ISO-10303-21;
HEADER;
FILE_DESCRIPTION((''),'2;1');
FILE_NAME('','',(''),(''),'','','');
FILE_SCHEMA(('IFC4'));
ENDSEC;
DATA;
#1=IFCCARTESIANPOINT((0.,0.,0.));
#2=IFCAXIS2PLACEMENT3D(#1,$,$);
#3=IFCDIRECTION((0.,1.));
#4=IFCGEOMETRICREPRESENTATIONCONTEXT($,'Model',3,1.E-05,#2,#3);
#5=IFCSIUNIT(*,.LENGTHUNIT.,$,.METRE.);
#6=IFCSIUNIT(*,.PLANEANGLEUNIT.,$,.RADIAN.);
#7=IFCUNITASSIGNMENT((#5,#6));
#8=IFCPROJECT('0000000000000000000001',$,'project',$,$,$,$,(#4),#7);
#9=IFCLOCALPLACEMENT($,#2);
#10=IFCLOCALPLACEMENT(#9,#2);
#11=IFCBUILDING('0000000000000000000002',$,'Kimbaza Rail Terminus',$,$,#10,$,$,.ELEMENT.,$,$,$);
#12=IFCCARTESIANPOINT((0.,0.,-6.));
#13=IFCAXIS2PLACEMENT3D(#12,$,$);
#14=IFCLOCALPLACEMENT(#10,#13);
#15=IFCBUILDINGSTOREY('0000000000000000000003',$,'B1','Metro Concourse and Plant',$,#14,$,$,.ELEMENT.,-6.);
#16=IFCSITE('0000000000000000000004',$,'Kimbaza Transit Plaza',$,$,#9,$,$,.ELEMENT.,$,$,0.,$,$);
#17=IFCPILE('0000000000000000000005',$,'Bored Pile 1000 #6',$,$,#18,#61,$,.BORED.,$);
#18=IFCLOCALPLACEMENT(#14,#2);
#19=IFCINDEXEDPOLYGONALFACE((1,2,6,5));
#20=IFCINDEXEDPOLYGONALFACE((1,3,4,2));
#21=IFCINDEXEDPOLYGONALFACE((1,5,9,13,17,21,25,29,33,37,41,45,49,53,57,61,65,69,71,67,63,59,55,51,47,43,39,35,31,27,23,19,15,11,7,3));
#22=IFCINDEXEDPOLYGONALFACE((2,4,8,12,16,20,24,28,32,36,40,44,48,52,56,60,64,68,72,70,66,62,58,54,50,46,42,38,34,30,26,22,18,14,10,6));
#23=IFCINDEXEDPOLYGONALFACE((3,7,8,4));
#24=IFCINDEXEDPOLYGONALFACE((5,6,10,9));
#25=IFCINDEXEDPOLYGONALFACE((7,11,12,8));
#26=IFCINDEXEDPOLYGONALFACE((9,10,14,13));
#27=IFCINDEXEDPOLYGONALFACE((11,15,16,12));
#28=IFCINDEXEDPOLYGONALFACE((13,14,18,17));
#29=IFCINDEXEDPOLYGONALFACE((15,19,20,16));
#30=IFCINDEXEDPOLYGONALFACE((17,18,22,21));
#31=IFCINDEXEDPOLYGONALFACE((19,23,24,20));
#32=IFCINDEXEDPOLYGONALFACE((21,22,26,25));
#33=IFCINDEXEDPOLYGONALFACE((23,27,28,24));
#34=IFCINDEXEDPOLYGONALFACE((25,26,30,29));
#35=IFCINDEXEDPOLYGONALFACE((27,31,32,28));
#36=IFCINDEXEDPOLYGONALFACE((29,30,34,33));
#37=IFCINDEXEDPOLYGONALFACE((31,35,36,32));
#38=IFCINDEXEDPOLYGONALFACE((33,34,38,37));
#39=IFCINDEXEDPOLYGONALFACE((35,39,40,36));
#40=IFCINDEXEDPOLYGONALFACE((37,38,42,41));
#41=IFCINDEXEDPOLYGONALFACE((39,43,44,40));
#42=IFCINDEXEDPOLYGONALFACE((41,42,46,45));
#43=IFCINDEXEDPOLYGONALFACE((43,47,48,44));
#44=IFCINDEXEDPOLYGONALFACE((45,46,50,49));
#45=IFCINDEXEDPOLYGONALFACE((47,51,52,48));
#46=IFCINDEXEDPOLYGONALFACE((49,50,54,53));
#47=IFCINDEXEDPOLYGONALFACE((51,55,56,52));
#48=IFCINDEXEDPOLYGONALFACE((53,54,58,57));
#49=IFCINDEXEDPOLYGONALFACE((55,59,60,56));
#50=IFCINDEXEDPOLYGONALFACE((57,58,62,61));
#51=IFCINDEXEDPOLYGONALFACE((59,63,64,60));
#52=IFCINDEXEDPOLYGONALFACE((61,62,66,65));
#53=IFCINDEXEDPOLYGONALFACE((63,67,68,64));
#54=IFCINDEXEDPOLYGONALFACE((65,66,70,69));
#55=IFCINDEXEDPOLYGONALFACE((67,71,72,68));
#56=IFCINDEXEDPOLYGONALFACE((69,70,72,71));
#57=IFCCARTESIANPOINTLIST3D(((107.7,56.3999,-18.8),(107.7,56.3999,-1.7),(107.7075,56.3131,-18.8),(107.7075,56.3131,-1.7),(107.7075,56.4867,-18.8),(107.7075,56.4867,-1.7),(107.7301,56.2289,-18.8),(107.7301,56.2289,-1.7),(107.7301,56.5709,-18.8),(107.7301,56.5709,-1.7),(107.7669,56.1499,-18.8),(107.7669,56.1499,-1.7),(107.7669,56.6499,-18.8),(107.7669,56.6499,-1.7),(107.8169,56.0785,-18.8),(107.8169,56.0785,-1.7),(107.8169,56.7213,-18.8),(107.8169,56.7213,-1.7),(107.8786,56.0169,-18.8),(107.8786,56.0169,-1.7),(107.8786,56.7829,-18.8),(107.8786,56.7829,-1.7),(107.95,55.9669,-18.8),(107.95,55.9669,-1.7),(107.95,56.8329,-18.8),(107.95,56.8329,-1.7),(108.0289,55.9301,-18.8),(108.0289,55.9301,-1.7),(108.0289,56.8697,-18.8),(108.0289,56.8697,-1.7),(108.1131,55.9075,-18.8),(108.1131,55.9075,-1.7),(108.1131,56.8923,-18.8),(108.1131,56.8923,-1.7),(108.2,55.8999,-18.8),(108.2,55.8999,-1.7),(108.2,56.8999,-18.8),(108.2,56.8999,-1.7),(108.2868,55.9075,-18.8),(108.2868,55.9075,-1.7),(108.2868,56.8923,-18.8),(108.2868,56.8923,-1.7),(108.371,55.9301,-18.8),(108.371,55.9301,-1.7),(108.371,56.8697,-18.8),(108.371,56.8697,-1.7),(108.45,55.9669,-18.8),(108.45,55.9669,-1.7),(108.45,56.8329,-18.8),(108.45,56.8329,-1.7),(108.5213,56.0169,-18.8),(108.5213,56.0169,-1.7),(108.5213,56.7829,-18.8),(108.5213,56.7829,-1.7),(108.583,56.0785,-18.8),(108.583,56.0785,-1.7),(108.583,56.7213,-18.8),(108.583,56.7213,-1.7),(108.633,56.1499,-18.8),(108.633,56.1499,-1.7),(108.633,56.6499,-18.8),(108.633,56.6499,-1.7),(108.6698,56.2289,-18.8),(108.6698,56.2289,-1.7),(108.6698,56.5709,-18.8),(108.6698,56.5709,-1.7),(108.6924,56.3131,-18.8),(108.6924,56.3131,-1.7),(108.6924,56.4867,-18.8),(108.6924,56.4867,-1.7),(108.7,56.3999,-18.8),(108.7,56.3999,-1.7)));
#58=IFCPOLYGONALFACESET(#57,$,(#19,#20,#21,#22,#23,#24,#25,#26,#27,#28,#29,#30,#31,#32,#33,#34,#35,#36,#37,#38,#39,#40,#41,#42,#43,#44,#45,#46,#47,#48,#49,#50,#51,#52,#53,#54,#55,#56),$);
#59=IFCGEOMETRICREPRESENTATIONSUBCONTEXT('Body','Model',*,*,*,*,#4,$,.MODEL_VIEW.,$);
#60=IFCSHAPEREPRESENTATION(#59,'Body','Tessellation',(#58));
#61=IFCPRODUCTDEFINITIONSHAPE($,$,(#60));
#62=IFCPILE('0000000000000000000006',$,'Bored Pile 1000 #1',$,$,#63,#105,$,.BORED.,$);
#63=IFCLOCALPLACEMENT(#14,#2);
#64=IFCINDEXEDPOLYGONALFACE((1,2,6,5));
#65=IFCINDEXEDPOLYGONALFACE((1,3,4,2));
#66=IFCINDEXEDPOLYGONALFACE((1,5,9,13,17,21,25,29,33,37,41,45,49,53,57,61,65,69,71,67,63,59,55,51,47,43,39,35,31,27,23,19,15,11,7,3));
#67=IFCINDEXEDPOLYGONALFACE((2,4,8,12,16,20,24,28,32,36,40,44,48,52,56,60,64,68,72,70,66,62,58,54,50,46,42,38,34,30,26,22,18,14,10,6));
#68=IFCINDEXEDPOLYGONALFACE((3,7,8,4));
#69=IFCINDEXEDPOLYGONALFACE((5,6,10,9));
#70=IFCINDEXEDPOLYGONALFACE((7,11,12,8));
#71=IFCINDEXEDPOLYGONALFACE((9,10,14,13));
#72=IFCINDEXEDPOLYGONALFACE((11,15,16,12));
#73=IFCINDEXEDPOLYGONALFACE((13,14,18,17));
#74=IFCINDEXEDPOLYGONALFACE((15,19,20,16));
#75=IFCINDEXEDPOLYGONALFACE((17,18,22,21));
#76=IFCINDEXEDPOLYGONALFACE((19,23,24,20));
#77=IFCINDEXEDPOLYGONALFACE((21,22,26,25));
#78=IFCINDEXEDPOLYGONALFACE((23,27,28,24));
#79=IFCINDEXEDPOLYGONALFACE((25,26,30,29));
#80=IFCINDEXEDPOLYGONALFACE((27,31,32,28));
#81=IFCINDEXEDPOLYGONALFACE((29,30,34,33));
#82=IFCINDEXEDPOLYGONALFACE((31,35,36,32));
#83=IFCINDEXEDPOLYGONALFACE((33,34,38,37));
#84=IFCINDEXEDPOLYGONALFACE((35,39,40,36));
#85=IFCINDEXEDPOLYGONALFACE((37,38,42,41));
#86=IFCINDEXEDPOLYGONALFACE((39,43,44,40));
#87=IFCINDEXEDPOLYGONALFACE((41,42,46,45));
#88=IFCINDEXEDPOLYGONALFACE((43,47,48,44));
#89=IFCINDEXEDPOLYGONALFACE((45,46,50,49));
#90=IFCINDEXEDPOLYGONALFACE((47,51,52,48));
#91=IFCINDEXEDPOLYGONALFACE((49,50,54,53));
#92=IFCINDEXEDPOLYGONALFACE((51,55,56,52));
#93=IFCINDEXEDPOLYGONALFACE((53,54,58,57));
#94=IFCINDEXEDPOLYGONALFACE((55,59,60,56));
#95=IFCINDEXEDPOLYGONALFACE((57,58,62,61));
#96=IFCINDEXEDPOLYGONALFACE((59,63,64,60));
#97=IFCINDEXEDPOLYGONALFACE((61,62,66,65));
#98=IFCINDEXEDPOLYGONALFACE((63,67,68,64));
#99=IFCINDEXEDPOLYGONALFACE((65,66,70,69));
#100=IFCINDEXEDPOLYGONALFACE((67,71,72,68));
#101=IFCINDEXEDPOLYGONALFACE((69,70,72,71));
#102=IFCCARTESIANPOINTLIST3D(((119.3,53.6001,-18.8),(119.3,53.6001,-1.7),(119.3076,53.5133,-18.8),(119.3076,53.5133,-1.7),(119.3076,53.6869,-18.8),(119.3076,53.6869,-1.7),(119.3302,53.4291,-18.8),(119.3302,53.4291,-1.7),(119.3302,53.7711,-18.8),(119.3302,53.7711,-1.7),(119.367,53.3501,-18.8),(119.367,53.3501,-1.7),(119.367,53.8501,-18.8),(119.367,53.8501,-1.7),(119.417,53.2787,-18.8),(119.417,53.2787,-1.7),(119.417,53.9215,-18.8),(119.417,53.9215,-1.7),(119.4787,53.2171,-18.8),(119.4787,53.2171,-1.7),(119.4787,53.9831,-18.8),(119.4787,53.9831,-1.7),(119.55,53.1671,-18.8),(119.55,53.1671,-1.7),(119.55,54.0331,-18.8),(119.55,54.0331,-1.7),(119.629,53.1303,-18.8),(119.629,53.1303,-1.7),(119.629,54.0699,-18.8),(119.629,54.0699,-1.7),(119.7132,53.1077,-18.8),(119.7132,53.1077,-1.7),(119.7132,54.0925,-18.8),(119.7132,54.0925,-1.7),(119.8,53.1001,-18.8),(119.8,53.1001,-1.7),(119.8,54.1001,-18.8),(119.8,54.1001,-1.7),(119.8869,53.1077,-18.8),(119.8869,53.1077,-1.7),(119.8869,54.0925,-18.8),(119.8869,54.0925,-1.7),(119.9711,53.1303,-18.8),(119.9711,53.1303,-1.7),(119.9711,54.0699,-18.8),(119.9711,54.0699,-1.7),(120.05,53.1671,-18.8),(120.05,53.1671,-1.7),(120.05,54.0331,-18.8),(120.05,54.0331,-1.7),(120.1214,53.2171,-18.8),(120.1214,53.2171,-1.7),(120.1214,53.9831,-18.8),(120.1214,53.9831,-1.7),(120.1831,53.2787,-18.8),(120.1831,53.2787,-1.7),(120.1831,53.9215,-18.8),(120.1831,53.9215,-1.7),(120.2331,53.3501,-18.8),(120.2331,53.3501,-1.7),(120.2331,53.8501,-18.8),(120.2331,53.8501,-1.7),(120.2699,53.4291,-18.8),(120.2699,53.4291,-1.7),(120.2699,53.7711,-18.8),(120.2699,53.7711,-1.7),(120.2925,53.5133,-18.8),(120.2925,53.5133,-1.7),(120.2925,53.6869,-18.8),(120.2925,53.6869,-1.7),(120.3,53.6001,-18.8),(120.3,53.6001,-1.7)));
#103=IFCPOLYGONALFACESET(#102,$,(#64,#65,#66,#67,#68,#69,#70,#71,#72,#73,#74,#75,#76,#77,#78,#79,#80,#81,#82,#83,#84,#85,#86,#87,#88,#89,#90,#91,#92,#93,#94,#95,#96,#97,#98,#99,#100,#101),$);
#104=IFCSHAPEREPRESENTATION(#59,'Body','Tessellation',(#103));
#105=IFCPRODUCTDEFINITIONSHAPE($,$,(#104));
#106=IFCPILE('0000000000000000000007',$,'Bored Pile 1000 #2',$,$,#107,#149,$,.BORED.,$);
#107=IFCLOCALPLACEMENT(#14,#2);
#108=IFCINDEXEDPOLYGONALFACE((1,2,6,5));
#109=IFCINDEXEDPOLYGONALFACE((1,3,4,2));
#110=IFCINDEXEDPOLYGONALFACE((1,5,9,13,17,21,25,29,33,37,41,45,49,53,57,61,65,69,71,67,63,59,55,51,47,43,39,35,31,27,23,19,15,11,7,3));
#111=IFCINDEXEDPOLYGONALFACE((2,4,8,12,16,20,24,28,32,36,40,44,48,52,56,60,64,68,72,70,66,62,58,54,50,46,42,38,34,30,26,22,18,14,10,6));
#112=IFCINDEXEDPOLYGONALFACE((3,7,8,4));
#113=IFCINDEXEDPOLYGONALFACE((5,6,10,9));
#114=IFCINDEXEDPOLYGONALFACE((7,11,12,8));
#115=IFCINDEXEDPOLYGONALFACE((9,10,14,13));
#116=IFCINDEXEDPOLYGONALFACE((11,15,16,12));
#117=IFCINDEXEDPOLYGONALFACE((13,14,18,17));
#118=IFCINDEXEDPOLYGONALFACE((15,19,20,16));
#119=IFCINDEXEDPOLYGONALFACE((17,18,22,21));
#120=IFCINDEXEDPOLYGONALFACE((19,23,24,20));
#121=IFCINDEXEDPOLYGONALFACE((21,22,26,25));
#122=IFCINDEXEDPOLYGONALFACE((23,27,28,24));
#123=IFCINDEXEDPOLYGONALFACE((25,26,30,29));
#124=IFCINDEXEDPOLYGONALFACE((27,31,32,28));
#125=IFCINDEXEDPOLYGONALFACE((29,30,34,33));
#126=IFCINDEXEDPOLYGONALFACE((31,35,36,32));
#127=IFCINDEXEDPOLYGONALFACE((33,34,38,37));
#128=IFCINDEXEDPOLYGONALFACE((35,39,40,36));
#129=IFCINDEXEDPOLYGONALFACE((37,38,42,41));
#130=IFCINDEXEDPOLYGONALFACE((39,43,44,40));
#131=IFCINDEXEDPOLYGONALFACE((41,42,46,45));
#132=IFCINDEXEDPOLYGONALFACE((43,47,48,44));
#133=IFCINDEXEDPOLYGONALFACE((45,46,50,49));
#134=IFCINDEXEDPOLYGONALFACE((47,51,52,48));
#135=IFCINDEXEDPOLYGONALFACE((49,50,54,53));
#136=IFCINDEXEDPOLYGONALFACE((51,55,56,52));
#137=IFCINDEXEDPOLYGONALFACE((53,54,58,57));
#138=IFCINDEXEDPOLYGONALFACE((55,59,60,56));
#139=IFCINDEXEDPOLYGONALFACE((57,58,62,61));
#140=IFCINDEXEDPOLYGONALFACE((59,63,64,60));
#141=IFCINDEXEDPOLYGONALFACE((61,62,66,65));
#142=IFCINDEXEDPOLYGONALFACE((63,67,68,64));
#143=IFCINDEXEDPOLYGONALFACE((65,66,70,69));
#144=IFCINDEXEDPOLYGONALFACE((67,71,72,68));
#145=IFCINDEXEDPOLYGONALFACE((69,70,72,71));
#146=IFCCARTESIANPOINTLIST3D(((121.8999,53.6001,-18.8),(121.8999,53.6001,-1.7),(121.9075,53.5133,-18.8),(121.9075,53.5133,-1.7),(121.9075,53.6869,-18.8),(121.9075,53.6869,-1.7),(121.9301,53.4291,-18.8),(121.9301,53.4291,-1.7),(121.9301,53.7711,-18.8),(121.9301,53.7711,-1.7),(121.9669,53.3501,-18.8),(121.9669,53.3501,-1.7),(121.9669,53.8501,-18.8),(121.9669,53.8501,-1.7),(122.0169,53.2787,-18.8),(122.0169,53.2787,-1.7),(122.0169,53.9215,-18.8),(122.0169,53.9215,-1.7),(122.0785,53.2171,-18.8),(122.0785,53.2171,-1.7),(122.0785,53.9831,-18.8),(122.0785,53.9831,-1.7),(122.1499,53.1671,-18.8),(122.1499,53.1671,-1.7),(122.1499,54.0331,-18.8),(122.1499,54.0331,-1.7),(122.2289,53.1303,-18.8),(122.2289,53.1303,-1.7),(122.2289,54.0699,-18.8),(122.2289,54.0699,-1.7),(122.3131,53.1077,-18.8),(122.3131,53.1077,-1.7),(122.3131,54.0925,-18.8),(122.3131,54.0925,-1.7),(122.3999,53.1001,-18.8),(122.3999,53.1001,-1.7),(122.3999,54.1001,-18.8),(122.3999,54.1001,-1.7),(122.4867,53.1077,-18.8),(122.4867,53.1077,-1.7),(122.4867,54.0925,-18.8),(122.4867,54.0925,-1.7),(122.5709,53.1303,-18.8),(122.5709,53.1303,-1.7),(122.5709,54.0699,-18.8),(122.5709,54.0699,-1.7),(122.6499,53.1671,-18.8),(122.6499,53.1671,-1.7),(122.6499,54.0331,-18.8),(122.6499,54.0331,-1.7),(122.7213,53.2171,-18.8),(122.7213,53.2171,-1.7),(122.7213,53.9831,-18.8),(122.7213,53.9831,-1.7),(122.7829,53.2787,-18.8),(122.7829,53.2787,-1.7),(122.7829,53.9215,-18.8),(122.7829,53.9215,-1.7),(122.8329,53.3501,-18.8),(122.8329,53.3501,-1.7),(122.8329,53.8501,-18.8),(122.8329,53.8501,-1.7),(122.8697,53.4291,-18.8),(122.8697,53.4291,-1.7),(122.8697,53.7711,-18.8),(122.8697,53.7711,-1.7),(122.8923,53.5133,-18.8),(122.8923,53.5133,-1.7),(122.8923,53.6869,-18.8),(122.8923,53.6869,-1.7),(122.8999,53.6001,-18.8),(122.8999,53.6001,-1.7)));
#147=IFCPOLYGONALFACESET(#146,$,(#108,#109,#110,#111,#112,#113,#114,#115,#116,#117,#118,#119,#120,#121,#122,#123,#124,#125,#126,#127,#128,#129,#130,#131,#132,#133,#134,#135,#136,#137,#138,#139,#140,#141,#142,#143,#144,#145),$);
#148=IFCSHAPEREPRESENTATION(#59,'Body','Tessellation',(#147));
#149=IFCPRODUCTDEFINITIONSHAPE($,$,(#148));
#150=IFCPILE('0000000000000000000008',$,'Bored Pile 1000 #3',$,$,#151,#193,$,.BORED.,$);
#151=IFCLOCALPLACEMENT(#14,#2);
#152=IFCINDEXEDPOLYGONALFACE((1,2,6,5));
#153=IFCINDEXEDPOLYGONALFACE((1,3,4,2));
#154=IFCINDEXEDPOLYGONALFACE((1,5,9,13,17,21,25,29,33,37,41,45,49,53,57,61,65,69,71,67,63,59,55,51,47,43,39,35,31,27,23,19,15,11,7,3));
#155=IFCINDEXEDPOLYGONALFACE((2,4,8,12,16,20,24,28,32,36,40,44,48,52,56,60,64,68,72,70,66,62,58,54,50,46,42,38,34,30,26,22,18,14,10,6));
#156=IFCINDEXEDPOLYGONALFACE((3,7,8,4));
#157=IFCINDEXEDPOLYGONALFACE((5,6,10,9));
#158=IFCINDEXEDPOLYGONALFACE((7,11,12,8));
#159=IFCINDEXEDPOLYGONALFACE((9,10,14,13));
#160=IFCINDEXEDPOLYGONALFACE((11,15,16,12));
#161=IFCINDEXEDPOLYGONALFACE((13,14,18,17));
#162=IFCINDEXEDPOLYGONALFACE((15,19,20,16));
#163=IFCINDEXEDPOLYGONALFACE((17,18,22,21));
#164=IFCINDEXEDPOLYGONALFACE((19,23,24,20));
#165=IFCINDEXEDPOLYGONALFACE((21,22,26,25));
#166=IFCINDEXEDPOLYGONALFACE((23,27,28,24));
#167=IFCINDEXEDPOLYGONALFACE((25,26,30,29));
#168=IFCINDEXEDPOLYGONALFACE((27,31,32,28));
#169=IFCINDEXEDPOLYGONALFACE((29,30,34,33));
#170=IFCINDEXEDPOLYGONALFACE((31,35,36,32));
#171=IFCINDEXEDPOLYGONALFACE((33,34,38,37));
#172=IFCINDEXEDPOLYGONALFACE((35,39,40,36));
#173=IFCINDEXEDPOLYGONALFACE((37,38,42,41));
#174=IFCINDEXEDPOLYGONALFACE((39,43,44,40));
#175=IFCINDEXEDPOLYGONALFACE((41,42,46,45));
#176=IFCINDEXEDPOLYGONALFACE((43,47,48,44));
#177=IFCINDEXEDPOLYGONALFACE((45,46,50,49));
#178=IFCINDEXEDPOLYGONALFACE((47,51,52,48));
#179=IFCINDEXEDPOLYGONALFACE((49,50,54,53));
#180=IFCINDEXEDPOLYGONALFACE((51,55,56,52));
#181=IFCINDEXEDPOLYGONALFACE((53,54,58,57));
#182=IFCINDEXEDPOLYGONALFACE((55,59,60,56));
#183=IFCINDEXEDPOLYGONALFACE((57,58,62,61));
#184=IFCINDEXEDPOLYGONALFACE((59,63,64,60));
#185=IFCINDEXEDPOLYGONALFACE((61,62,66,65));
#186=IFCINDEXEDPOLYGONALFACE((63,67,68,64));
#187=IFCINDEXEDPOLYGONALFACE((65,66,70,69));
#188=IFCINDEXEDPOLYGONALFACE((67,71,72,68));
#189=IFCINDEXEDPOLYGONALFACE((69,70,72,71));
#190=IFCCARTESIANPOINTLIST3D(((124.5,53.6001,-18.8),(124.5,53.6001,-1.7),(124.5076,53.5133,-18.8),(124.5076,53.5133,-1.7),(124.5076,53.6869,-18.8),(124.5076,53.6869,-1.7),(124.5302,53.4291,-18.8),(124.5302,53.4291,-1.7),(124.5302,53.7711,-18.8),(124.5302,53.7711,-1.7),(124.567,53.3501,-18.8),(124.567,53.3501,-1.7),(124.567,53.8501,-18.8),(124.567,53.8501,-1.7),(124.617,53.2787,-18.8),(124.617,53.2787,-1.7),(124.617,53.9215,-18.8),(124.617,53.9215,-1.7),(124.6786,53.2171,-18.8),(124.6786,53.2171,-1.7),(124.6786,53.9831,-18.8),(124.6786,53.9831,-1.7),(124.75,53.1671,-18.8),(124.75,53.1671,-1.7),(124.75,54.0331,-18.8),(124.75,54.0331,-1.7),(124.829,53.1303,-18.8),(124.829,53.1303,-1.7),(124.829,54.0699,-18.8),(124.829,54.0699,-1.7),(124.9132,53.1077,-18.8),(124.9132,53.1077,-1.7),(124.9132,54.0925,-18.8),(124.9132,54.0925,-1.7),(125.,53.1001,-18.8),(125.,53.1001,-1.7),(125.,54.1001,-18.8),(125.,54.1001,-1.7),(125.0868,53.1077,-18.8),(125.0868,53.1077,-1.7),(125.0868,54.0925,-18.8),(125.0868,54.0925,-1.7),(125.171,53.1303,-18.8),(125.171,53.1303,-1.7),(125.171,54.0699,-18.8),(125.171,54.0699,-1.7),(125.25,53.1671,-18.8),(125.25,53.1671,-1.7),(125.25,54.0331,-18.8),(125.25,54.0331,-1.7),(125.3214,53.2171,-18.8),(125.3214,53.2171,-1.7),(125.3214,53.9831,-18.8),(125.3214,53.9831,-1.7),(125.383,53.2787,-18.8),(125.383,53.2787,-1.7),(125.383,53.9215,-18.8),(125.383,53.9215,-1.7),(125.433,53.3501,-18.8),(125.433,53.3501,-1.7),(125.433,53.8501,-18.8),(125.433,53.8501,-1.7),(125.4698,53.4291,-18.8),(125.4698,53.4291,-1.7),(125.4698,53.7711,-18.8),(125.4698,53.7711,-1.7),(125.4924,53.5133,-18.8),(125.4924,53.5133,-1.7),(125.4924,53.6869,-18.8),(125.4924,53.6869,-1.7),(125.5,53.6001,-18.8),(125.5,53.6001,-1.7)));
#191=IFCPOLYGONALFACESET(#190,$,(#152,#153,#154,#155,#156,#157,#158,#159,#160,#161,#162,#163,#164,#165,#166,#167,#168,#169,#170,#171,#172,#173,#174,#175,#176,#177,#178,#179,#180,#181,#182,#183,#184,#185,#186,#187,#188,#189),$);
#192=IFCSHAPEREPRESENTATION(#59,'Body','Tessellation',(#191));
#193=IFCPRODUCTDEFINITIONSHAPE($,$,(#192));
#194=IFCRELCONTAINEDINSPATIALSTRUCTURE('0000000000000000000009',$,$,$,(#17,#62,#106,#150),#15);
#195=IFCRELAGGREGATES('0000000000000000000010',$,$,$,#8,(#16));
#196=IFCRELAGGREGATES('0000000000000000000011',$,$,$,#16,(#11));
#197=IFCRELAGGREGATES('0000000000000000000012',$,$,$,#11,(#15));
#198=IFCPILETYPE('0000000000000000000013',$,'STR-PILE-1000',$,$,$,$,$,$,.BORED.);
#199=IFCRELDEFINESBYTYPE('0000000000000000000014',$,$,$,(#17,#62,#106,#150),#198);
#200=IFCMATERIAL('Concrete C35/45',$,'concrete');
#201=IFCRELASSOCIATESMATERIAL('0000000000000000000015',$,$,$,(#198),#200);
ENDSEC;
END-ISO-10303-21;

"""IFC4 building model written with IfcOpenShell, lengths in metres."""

from ifc_helpers import new_model, si_unit, direction, frame, origin, origin_2d, place, context, subcontext, project, spatial, circle, extrude, material, material_profile, profile_set, type_object, element, save


model = new_model("IFC4")

# Units and contexts
model_context = context("Model", 3, precision=1e-05, world=origin(), true_north=direction((0.0, 1.0)))
body_context = subcontext(model_context, "Body", "Model", "MODEL_VIEW")
ifc_project = project(units=[si_unit("LENGTHUNIT", "METRE"), si_unit("PLANEANGLEUNIT", "RADIAN")], contexts=[model_context])

# Site, building, storey
site_placement = place(None, origin())
site = spatial("IfcSite", under=ifc_project, at=site_placement, Name="Kimbaza Transit Plaza", CompositionType="ELEMENT", RefElevation=0.0)
building_placement = place(site_placement, origin())
building = spatial("IfcBuilding", under=site, at=building_placement, Name="Kimbaza Rail Terminus", CompositionType="ELEMENT")
storey_placement = place(building_placement, frame((0.0, 0.0, -6.0)))
storey = spatial("IfcBuildingStorey", under=building, at=storey_placement, Name="B1", Description="Metro Concourse and Plant", CompositionType="ELEMENT", Elevation=-6.0)

# Piles
ifc_material_1 = material(Name="Concrete C35/45", Category="concrete")
ifc_material_profile_1 = material_profile(ifc_material_1, circle(Radius=0.5, at=origin_2d()), Name="BORED PILE 1000")
ifc_profile_set_1 = profile_set([ifc_material_profile_1], Name="Concrete C35/45")
pile_type_1 = type_object("IfcPileType", Name="STR-PILE-1000", PredefinedType="BORED", material=ifc_profile_set_1)
for number, where, z_axis, x_axis, name in (
    (1, (108.2, 56.3999, -1.7), (0.0, 0.0, -1.0), (1.0, 0.0, 0.0), "Bored Pile 1000 #6"),
    (2, (119.8, 53.6001, -1.7), (0.0, 0.0, -1.0), (1.0, 0.0, 0.0), "Bored Pile 1000 #1"),
    (3, (122.3999, 53.6001, -1.7), (0.0, 0.0, -1.0), (1.0, 0.0, 0.0), "Bored Pile 1000 #2"),
    (4, (125.0, 53.6001, -1.7), (0.0, 0.0, -1.0), (1.0, 0.0, 0.0), "Bored Pile 1000 #3"),
):
    element("IfcPile", number, at=place(storey_placement, frame(where, z_axis=z_axis, x_axis=x_axis)), inside=storey, type_object=pile_type_1, Name=name, PredefinedType="BORED", context=body_context, shape_type="SweptSolid", body=[
        extrude(circle(Radius=0.5, at=origin_2d()), origin(), (0.0, 0.0, 1.0), 17.1001),
    ])

save(model, "model.ifc")
